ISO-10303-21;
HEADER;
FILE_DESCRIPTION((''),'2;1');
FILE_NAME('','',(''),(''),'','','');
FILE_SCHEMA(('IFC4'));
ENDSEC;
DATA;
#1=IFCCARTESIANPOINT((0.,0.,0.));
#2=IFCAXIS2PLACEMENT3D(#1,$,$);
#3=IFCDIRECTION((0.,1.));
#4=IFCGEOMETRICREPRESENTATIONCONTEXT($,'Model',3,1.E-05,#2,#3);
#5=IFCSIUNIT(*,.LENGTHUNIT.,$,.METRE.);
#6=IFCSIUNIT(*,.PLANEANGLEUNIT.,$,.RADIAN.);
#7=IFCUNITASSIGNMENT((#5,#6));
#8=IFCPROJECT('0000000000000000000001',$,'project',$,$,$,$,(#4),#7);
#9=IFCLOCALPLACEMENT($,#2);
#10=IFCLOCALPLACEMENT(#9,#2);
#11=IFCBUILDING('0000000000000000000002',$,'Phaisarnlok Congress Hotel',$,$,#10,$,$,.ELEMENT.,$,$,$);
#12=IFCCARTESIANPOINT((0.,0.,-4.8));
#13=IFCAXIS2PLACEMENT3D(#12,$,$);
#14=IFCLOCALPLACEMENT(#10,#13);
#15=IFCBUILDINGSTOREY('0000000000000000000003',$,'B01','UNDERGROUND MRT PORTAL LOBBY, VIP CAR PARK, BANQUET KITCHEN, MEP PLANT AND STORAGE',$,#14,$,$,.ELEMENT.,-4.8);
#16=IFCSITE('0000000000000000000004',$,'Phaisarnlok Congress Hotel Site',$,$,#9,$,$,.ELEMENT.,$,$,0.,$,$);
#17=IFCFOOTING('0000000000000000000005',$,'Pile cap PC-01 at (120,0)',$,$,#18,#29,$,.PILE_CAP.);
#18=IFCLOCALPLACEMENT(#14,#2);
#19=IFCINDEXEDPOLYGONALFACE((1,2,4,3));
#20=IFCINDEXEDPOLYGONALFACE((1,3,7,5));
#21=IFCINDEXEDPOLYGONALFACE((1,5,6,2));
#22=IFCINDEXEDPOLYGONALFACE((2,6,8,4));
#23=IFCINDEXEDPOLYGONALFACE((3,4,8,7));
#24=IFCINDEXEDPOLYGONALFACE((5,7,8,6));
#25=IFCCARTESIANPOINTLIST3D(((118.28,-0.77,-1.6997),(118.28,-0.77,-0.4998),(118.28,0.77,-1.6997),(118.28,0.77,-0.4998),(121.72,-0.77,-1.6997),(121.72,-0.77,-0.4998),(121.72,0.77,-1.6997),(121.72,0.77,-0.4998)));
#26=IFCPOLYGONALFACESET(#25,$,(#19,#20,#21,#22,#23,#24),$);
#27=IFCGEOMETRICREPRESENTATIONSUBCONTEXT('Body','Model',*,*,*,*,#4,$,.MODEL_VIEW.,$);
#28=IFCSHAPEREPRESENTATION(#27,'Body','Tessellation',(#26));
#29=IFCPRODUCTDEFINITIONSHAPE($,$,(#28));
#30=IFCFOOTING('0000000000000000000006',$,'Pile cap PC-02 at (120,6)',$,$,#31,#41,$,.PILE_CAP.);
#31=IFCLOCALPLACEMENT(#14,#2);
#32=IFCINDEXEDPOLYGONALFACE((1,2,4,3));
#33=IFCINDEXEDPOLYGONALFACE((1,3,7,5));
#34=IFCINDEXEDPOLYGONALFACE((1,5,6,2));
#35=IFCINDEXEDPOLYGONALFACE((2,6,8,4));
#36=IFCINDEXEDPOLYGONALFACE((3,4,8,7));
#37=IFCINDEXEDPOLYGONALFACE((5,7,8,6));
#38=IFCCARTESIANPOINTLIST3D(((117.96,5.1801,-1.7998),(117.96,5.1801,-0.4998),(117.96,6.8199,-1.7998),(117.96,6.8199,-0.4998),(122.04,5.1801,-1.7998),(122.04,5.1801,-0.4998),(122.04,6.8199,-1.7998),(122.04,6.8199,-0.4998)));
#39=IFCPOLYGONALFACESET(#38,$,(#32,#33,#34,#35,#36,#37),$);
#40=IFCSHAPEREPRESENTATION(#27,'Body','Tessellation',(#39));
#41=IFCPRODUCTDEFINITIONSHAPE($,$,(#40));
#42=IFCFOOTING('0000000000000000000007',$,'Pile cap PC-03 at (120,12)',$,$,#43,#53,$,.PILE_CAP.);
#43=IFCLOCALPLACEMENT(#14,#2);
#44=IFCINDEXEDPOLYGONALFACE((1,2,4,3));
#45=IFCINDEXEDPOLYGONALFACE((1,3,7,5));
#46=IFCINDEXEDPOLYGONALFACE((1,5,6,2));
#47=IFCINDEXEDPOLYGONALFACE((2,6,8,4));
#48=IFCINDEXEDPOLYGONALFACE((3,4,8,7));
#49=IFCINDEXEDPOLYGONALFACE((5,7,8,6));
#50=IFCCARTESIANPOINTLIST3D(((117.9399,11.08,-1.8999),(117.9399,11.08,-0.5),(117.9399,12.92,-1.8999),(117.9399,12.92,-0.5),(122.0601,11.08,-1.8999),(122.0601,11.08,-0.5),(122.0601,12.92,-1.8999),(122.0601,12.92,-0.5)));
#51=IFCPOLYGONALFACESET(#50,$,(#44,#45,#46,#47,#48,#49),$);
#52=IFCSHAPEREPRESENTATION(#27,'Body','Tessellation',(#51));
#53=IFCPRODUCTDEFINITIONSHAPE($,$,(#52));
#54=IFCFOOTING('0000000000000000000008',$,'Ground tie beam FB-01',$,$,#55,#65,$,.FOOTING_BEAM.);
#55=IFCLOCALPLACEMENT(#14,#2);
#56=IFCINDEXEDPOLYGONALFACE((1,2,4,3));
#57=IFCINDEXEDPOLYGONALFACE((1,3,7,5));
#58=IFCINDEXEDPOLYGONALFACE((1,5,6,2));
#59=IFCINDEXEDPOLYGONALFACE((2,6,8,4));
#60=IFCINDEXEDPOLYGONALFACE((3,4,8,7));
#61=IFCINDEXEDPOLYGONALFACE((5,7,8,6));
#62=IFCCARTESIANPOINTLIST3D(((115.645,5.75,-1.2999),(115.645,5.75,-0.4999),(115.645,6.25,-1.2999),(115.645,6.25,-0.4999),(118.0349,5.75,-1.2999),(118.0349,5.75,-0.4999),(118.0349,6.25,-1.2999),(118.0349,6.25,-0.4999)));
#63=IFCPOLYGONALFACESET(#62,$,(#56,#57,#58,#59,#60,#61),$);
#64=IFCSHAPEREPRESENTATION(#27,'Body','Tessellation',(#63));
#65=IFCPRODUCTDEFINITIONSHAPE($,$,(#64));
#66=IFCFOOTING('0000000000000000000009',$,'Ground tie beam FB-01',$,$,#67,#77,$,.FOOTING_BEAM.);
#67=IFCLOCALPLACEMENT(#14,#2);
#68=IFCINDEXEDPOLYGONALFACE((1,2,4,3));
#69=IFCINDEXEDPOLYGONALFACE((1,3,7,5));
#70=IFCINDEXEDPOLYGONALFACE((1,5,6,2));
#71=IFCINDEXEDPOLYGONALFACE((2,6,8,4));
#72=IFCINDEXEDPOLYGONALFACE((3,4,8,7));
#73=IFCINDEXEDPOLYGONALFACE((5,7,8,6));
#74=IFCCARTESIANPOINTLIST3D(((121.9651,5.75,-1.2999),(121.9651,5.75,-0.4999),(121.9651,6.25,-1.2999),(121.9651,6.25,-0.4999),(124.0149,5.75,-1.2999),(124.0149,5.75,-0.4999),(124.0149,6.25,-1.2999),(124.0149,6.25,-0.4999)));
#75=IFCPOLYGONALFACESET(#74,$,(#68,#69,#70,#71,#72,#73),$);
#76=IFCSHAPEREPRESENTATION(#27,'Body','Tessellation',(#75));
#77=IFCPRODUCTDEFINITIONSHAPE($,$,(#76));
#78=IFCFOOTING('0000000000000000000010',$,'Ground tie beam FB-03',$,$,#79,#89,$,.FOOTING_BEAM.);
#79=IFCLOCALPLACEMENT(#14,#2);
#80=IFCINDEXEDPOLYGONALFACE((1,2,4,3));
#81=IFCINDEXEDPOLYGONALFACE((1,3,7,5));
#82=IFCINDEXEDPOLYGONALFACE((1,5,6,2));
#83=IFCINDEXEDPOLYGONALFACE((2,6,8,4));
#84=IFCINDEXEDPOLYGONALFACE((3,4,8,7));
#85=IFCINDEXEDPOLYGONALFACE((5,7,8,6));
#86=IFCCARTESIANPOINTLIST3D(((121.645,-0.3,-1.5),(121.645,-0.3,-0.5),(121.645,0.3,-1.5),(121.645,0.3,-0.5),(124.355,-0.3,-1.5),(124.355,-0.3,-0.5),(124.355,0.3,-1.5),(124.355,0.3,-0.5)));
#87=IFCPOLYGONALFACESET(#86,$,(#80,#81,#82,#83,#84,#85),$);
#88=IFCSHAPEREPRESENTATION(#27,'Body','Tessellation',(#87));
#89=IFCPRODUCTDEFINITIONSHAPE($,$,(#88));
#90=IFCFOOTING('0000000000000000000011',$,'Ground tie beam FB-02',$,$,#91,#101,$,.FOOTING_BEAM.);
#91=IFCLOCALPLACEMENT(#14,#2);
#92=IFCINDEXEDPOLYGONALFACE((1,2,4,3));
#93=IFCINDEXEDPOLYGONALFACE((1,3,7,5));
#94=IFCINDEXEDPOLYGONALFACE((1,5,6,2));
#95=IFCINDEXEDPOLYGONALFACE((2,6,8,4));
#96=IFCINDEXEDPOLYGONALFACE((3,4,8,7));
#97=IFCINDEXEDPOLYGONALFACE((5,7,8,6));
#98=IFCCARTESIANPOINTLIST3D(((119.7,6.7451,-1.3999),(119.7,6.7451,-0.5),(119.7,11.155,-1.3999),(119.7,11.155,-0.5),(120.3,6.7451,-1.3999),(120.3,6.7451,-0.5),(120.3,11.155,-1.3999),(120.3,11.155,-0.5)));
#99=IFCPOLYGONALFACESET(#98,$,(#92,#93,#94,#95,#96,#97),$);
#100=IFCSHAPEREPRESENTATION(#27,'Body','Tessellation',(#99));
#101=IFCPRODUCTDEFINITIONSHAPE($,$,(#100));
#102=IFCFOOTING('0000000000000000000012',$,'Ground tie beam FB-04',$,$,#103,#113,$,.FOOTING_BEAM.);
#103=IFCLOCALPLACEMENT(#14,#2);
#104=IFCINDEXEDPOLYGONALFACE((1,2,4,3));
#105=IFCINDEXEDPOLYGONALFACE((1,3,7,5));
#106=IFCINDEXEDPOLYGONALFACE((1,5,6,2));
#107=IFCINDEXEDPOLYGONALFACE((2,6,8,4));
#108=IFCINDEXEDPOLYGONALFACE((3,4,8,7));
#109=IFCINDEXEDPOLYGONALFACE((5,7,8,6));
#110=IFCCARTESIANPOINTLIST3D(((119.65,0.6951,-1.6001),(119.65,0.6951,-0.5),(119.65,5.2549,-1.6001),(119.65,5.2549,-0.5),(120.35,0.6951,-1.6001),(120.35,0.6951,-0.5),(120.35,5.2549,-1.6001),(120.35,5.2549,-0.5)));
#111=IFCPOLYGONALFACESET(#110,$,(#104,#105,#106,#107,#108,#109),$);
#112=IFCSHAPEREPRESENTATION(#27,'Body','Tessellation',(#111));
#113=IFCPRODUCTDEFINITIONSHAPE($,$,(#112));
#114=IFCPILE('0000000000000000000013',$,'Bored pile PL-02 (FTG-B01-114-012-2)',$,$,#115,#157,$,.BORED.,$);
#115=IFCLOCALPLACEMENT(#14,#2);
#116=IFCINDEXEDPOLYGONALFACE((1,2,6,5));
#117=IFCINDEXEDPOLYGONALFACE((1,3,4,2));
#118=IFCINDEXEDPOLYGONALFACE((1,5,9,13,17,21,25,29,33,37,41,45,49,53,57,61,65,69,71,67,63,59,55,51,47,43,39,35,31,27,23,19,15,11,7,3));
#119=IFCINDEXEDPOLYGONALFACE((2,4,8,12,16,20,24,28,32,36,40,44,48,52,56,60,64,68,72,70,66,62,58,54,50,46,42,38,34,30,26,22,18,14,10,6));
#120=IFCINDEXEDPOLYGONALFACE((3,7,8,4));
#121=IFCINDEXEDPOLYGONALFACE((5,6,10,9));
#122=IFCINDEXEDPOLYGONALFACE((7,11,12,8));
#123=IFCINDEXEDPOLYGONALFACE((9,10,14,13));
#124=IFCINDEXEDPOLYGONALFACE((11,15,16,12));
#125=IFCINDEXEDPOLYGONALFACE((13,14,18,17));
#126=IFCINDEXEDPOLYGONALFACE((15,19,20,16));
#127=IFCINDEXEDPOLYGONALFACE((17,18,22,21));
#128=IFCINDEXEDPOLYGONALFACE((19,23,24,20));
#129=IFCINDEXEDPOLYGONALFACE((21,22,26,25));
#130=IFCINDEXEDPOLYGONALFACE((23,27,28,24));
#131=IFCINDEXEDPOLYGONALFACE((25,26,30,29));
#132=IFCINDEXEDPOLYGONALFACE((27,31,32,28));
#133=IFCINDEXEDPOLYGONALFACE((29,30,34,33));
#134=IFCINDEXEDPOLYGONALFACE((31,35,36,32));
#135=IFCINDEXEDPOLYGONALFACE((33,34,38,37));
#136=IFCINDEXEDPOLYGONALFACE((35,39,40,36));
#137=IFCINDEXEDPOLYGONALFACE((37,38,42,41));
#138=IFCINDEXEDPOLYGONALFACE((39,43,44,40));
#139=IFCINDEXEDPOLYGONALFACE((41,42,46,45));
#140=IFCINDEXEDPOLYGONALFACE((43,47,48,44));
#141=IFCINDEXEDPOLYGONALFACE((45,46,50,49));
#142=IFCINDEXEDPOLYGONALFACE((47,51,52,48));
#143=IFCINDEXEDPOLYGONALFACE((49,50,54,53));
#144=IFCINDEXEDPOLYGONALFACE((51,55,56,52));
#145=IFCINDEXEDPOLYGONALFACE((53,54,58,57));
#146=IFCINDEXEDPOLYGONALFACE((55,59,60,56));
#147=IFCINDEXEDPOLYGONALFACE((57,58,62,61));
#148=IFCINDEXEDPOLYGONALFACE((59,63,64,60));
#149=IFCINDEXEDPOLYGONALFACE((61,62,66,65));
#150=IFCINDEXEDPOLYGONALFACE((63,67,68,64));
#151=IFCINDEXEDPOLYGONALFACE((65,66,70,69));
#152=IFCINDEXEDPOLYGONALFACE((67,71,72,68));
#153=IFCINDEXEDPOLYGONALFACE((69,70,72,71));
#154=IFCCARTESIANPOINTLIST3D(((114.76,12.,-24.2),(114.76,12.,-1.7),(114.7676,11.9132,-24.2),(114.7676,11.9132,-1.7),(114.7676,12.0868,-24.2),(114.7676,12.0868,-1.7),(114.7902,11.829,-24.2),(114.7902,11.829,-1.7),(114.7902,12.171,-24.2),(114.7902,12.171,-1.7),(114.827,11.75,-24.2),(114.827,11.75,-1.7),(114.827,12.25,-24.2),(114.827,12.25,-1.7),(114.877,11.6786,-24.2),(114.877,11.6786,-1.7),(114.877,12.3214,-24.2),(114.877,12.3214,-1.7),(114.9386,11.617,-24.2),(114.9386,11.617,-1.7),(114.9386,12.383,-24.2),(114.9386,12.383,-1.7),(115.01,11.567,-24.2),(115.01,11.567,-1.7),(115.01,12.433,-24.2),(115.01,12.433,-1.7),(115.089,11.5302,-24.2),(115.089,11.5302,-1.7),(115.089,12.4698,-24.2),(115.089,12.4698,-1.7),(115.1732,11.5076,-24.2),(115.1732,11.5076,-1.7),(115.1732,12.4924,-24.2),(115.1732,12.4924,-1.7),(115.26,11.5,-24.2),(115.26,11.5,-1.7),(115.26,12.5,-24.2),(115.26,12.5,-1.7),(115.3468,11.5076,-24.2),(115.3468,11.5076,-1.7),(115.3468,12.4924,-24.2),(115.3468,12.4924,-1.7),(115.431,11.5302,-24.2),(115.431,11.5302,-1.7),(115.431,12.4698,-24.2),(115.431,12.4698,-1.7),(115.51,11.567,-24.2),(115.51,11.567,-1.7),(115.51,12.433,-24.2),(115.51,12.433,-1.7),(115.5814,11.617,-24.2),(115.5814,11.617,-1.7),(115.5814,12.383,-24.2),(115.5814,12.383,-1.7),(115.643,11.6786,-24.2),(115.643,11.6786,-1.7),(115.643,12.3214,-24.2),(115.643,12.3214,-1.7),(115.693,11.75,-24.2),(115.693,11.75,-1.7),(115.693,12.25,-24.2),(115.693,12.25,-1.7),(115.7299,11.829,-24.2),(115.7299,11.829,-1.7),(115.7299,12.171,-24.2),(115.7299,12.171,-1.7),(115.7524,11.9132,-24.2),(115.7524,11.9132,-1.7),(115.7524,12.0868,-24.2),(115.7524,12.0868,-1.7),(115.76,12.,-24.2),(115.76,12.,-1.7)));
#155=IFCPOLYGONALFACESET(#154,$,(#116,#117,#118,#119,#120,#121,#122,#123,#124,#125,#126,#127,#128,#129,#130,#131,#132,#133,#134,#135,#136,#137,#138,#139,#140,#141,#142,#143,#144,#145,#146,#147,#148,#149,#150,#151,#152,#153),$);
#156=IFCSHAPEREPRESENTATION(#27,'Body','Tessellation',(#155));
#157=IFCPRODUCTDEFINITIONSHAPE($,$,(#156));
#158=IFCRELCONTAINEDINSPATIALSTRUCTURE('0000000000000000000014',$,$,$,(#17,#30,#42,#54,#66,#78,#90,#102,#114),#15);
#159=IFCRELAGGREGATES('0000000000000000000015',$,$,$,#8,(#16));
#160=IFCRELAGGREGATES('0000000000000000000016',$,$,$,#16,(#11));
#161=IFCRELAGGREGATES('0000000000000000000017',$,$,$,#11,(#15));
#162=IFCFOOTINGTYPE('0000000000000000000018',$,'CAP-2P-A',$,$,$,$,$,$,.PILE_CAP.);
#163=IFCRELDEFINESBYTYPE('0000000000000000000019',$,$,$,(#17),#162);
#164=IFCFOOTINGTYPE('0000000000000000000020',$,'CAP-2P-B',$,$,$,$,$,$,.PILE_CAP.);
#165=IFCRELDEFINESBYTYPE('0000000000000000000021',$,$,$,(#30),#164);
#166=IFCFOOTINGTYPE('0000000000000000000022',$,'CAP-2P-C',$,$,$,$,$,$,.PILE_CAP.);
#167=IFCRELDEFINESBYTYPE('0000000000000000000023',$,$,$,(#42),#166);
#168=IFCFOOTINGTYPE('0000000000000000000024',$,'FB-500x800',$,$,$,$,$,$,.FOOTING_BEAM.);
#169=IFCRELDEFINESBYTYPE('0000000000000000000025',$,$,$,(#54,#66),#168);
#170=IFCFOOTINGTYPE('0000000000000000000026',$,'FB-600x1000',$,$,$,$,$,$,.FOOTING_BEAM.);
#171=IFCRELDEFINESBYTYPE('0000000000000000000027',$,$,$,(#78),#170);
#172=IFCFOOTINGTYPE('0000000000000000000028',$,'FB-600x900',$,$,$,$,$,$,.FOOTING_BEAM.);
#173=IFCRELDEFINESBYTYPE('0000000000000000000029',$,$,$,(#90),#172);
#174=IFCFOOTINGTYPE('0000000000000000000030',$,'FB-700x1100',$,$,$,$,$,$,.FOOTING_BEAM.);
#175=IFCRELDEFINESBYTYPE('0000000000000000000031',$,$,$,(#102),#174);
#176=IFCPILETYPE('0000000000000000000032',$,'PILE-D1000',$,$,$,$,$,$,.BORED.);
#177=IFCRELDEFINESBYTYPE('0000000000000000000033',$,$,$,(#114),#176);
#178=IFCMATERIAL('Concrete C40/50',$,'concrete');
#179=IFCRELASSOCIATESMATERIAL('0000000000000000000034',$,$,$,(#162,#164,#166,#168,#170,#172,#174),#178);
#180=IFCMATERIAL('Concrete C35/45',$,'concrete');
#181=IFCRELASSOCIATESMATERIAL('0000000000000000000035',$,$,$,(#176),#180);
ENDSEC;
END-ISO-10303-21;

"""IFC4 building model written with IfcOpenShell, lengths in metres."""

from ifc_helpers import new_model, si_unit, direction, frame, origin, origin_2d, place, context, subcontext, project, spatial, rectangle, circle, extrude, material, material_profile, profile_set, type_object, element, save


model = new_model("IFC4")

# Units and contexts
model_context = context("Model", 3, precision=1e-05, world=origin(), true_north=direction((0.0, 1.0)))
body_context = subcontext(model_context, "Body", "Model", "MODEL_VIEW")
ifc_project = project(units=[si_unit("LENGTHUNIT", "METRE"), si_unit("PLANEANGLEUNIT", "RADIAN")], contexts=[model_context])

# Site, building, storey
site_placement = place(None, origin())
site = spatial("IfcSite", under=ifc_project, at=site_placement, Name="Phaisarnlok Congress Hotel Site", CompositionType="ELEMENT", RefElevation=0.0)
building_placement = place(site_placement, origin())
building = spatial("IfcBuilding", under=site, at=building_placement, Name="Phaisarnlok Congress Hotel", CompositionType="ELEMENT")
storey_placement = place(building_placement, frame((0.0, 0.0, -4.8)))
storey = spatial("IfcBuildingStorey", under=building, at=storey_placement, Name="B01", Description="UNDERGROUND MRT PORTAL LOBBY, VIP CAR PARK, BANQUET KITCHEN, MEP PLANT AND STORAGE", CompositionType="ELEMENT", Elevation=-4.8)

# Footings
ifc_material_1 = material(Name="Concrete C40/50", Category="concrete")
footing_type_1 = type_object("IfcFootingType", Name="CAP-2P-A", PredefinedType="PILE_CAP", material=ifc_material_1)
footing_1_placement = place(storey_placement, frame((120.0, 0.0, -1.6997), z_axis=(0.0, 0.0, 1.0), x_axis=(1.0, 0.0, 0.0)))
element("IfcFooting", 1, at=footing_1_placement, inside=storey, type_object=footing_type_1, Name="Pile cap PC-01 at (120,0)", PredefinedType="PILE_CAP", context=body_context, shape_type="SweptSolid", body=[
    extrude(rectangle(XDim=3.4399, YDim=1.54, at=origin_2d()), origin(), (0.0, 0.0, 1.0), 1.2),
])
footing_type_2 = type_object("IfcFootingType", Name="CAP-2P-B", PredefinedType="PILE_CAP", material=ifc_material_1)
footing_2_placement = place(storey_placement, frame((120.0, 6.0, -1.7998), z_axis=(0.0, 0.0, 1.0), x_axis=(1.0, 0.0, 0.0)))
element("IfcFooting", 2, at=footing_2_placement, inside=storey, type_object=footing_type_2, Name="Pile cap PC-02 at (120,6)", PredefinedType="PILE_CAP", context=body_context, shape_type="SweptSolid", body=[
    extrude(rectangle(XDim=4.0801, YDim=1.6399, at=origin_2d()), origin(), (0.0, 0.0, 1.0), 1.3),
])
footing_type_3 = type_object("IfcFootingType", Name="CAP-2P-C", PredefinedType="PILE_CAP", material=ifc_material_1)
footing_3_placement = place(storey_placement, frame((120.0, 12.0, -1.8999), z_axis=(0.0, 0.0, 1.0), x_axis=(1.0, 0.0, 0.0)))
element("IfcFooting", 3, at=footing_3_placement, inside=storey, type_object=footing_type_3, Name="Pile cap PC-03 at (120,12)", PredefinedType="PILE_CAP", context=body_context, shape_type="SweptSolid", body=[
    extrude(rectangle(XDim=4.1201, YDim=1.8401, at=origin_2d()), origin(), (0.0, 0.0, 1.0), 1.3999),
])
ifc_material_profile_1 = material_profile(ifc_material_1, rectangle(XDim=0.5, YDim=0.8, at=origin_2d()), Name="FB-500x800")
ifc_profile_set_1 = profile_set([ifc_material_profile_1], Name="Concrete C40/50")
footing_type_4 = type_object("IfcFootingType", Name="FB-500x800", PredefinedType="FOOTING_BEAM", material=ifc_profile_set_1)
footing_4_placement = place(storey_placement, frame((115.645, 6.0, -0.8999), z_axis=(1.0, 0.0, 0.0), x_axis=(0.0, 1.0, 0.0)))
element("IfcFooting", 4, at=footing_4_placement, inside=storey, type_object=footing_type_4, Name="Ground tie beam FB-01", PredefinedType="FOOTING_BEAM", context=body_context, shape_type="SweptSolid", body=[
    extrude(rectangle(XDim=0.5, YDim=0.8, at=origin_2d()), origin(), (0.0, 0.0, 1.0), 2.3899),
])
footing_5_placement = place(storey_placement, frame((121.9651, 6.0, -0.8999), z_axis=(1.0, 0.0, 0.0), x_axis=(0.0, 1.0, 0.0)))
element("IfcFooting", 5, at=footing_5_placement, inside=storey, type_object=footing_type_4, Name="Ground tie beam FB-01", PredefinedType="FOOTING_BEAM", context=body_context, shape_type="SweptSolid", body=[
    extrude(rectangle(XDim=0.5, YDim=0.8, at=origin_2d()), origin(), (0.0, 0.0, 1.0), 2.0498),
])
ifc_material_profile_2 = material_profile(ifc_material_1, rectangle(XDim=0.6001, YDim=1.0, at=origin_2d()), Name="FB-600x1000")
ifc_profile_set_2 = profile_set([ifc_material_profile_2], Name="Concrete C40/50")
footing_type_5 = type_object("IfcFootingType", Name="FB-600x1000", PredefinedType="FOOTING_BEAM", material=ifc_profile_set_2)
footing_6_placement = place(storey_placement, frame((121.645, 0.0, -1.0), z_axis=(1.0, 0.0, 0.0), x_axis=(0.0, 1.0, 0.0)))
element("IfcFooting", 6, at=footing_6_placement, inside=storey, type_object=footing_type_5, Name="Ground tie beam FB-03", PredefinedType="FOOTING_BEAM", context=body_context, shape_type="SweptSolid", body=[
    extrude(rectangle(XDim=0.6001, YDim=1.0, at=origin_2d()), origin(), (0.0, 0.0, 1.0), 2.71),
])
ifc_material_profile_3 = material_profile(ifc_material_1, rectangle(XDim=0.6001, YDim=0.8999, at=origin_2d()), Name="FB-600x900")
ifc_profile_set_3 = profile_set([ifc_material_profile_3], Name="Concrete C40/50")
footing_type_6 = type_object("IfcFootingType", Name="FB-600x900", PredefinedType="FOOTING_BEAM", material=ifc_profile_set_3)
footing_7_placement = place(storey_placement, frame((120.0, 6.7451, -0.95), z_axis=(0.0, 1.0, 0.0), x_axis=(-1.0, 0.0, 0.0)))
element("IfcFooting", 7, at=footing_7_placement, inside=storey, type_object=footing_type_6, Name="Ground tie beam FB-02", PredefinedType="FOOTING_BEAM", context=body_context, shape_type="SweptSolid", body=[
    extrude(rectangle(XDim=0.6001, YDim=0.8999, at=origin_2d()), origin(), (0.0, 0.0, 1.0), 4.4099),
])
ifc_material_profile_4 = material_profile(ifc_material_1, rectangle(XDim=0.7, YDim=1.1001, at=origin_2d()), Name="FB-700x1100")
ifc_profile_set_4 = profile_set([ifc_material_profile_4], Name="Concrete C40/50")
footing_type_7 = type_object("IfcFootingType", Name="FB-700x1100", PredefinedType="FOOTING_BEAM", material=ifc_profile_set_4)
footing_8_placement = place(storey_placement, frame((120.0, 0.6951, -1.05), z_axis=(0.0, 1.0, 0.0), x_axis=(-1.0, 0.0, 0.0)))
element("IfcFooting", 8, at=footing_8_placement, inside=storey, type_object=footing_type_7, Name="Ground tie beam FB-04", PredefinedType="FOOTING_BEAM", context=body_context, shape_type="SweptSolid", body=[
    extrude(rectangle(XDim=0.7, YDim=1.1001, at=origin_2d()), origin(), (0.0, 0.0, 1.0), 4.5598),
])

# Pile
ifc_material_2 = material(Name="Concrete C35/45", Category="concrete")
ifc_material_profile_5 = material_profile(ifc_material_2, circle(Radius=0.5, at=origin_2d()), Name="BORED PILE D1000")
ifc_profile_set_5 = profile_set([ifc_material_profile_5], Name="Concrete C35/45")
pile_type_1 = type_object("IfcPileType", Name="PILE-D1000", PredefinedType="BORED", material=ifc_profile_set_5)
for number, where, z_axis, x_axis, name in (
    (9, (115.26, 12.0, -1.7), (0.0, 0.0, -1.0), (1.0, 0.0, 0.0), "Bored pile PL-02 (FTG-B01-114-012-2)"),
):
    element("IfcPile", number, at=place(storey_placement, frame(where, z_axis=z_axis, x_axis=x_axis)), inside=storey, type_object=pile_type_1, Name=name, PredefinedType="BORED", context=body_context, shape_type="SweptSolid", body=[
        extrude(circle(Radius=0.5, at=origin_2d()), origin(), (0.0, 0.0, 1.0), 22.5),
    ])

save(model, "model.ifc")
